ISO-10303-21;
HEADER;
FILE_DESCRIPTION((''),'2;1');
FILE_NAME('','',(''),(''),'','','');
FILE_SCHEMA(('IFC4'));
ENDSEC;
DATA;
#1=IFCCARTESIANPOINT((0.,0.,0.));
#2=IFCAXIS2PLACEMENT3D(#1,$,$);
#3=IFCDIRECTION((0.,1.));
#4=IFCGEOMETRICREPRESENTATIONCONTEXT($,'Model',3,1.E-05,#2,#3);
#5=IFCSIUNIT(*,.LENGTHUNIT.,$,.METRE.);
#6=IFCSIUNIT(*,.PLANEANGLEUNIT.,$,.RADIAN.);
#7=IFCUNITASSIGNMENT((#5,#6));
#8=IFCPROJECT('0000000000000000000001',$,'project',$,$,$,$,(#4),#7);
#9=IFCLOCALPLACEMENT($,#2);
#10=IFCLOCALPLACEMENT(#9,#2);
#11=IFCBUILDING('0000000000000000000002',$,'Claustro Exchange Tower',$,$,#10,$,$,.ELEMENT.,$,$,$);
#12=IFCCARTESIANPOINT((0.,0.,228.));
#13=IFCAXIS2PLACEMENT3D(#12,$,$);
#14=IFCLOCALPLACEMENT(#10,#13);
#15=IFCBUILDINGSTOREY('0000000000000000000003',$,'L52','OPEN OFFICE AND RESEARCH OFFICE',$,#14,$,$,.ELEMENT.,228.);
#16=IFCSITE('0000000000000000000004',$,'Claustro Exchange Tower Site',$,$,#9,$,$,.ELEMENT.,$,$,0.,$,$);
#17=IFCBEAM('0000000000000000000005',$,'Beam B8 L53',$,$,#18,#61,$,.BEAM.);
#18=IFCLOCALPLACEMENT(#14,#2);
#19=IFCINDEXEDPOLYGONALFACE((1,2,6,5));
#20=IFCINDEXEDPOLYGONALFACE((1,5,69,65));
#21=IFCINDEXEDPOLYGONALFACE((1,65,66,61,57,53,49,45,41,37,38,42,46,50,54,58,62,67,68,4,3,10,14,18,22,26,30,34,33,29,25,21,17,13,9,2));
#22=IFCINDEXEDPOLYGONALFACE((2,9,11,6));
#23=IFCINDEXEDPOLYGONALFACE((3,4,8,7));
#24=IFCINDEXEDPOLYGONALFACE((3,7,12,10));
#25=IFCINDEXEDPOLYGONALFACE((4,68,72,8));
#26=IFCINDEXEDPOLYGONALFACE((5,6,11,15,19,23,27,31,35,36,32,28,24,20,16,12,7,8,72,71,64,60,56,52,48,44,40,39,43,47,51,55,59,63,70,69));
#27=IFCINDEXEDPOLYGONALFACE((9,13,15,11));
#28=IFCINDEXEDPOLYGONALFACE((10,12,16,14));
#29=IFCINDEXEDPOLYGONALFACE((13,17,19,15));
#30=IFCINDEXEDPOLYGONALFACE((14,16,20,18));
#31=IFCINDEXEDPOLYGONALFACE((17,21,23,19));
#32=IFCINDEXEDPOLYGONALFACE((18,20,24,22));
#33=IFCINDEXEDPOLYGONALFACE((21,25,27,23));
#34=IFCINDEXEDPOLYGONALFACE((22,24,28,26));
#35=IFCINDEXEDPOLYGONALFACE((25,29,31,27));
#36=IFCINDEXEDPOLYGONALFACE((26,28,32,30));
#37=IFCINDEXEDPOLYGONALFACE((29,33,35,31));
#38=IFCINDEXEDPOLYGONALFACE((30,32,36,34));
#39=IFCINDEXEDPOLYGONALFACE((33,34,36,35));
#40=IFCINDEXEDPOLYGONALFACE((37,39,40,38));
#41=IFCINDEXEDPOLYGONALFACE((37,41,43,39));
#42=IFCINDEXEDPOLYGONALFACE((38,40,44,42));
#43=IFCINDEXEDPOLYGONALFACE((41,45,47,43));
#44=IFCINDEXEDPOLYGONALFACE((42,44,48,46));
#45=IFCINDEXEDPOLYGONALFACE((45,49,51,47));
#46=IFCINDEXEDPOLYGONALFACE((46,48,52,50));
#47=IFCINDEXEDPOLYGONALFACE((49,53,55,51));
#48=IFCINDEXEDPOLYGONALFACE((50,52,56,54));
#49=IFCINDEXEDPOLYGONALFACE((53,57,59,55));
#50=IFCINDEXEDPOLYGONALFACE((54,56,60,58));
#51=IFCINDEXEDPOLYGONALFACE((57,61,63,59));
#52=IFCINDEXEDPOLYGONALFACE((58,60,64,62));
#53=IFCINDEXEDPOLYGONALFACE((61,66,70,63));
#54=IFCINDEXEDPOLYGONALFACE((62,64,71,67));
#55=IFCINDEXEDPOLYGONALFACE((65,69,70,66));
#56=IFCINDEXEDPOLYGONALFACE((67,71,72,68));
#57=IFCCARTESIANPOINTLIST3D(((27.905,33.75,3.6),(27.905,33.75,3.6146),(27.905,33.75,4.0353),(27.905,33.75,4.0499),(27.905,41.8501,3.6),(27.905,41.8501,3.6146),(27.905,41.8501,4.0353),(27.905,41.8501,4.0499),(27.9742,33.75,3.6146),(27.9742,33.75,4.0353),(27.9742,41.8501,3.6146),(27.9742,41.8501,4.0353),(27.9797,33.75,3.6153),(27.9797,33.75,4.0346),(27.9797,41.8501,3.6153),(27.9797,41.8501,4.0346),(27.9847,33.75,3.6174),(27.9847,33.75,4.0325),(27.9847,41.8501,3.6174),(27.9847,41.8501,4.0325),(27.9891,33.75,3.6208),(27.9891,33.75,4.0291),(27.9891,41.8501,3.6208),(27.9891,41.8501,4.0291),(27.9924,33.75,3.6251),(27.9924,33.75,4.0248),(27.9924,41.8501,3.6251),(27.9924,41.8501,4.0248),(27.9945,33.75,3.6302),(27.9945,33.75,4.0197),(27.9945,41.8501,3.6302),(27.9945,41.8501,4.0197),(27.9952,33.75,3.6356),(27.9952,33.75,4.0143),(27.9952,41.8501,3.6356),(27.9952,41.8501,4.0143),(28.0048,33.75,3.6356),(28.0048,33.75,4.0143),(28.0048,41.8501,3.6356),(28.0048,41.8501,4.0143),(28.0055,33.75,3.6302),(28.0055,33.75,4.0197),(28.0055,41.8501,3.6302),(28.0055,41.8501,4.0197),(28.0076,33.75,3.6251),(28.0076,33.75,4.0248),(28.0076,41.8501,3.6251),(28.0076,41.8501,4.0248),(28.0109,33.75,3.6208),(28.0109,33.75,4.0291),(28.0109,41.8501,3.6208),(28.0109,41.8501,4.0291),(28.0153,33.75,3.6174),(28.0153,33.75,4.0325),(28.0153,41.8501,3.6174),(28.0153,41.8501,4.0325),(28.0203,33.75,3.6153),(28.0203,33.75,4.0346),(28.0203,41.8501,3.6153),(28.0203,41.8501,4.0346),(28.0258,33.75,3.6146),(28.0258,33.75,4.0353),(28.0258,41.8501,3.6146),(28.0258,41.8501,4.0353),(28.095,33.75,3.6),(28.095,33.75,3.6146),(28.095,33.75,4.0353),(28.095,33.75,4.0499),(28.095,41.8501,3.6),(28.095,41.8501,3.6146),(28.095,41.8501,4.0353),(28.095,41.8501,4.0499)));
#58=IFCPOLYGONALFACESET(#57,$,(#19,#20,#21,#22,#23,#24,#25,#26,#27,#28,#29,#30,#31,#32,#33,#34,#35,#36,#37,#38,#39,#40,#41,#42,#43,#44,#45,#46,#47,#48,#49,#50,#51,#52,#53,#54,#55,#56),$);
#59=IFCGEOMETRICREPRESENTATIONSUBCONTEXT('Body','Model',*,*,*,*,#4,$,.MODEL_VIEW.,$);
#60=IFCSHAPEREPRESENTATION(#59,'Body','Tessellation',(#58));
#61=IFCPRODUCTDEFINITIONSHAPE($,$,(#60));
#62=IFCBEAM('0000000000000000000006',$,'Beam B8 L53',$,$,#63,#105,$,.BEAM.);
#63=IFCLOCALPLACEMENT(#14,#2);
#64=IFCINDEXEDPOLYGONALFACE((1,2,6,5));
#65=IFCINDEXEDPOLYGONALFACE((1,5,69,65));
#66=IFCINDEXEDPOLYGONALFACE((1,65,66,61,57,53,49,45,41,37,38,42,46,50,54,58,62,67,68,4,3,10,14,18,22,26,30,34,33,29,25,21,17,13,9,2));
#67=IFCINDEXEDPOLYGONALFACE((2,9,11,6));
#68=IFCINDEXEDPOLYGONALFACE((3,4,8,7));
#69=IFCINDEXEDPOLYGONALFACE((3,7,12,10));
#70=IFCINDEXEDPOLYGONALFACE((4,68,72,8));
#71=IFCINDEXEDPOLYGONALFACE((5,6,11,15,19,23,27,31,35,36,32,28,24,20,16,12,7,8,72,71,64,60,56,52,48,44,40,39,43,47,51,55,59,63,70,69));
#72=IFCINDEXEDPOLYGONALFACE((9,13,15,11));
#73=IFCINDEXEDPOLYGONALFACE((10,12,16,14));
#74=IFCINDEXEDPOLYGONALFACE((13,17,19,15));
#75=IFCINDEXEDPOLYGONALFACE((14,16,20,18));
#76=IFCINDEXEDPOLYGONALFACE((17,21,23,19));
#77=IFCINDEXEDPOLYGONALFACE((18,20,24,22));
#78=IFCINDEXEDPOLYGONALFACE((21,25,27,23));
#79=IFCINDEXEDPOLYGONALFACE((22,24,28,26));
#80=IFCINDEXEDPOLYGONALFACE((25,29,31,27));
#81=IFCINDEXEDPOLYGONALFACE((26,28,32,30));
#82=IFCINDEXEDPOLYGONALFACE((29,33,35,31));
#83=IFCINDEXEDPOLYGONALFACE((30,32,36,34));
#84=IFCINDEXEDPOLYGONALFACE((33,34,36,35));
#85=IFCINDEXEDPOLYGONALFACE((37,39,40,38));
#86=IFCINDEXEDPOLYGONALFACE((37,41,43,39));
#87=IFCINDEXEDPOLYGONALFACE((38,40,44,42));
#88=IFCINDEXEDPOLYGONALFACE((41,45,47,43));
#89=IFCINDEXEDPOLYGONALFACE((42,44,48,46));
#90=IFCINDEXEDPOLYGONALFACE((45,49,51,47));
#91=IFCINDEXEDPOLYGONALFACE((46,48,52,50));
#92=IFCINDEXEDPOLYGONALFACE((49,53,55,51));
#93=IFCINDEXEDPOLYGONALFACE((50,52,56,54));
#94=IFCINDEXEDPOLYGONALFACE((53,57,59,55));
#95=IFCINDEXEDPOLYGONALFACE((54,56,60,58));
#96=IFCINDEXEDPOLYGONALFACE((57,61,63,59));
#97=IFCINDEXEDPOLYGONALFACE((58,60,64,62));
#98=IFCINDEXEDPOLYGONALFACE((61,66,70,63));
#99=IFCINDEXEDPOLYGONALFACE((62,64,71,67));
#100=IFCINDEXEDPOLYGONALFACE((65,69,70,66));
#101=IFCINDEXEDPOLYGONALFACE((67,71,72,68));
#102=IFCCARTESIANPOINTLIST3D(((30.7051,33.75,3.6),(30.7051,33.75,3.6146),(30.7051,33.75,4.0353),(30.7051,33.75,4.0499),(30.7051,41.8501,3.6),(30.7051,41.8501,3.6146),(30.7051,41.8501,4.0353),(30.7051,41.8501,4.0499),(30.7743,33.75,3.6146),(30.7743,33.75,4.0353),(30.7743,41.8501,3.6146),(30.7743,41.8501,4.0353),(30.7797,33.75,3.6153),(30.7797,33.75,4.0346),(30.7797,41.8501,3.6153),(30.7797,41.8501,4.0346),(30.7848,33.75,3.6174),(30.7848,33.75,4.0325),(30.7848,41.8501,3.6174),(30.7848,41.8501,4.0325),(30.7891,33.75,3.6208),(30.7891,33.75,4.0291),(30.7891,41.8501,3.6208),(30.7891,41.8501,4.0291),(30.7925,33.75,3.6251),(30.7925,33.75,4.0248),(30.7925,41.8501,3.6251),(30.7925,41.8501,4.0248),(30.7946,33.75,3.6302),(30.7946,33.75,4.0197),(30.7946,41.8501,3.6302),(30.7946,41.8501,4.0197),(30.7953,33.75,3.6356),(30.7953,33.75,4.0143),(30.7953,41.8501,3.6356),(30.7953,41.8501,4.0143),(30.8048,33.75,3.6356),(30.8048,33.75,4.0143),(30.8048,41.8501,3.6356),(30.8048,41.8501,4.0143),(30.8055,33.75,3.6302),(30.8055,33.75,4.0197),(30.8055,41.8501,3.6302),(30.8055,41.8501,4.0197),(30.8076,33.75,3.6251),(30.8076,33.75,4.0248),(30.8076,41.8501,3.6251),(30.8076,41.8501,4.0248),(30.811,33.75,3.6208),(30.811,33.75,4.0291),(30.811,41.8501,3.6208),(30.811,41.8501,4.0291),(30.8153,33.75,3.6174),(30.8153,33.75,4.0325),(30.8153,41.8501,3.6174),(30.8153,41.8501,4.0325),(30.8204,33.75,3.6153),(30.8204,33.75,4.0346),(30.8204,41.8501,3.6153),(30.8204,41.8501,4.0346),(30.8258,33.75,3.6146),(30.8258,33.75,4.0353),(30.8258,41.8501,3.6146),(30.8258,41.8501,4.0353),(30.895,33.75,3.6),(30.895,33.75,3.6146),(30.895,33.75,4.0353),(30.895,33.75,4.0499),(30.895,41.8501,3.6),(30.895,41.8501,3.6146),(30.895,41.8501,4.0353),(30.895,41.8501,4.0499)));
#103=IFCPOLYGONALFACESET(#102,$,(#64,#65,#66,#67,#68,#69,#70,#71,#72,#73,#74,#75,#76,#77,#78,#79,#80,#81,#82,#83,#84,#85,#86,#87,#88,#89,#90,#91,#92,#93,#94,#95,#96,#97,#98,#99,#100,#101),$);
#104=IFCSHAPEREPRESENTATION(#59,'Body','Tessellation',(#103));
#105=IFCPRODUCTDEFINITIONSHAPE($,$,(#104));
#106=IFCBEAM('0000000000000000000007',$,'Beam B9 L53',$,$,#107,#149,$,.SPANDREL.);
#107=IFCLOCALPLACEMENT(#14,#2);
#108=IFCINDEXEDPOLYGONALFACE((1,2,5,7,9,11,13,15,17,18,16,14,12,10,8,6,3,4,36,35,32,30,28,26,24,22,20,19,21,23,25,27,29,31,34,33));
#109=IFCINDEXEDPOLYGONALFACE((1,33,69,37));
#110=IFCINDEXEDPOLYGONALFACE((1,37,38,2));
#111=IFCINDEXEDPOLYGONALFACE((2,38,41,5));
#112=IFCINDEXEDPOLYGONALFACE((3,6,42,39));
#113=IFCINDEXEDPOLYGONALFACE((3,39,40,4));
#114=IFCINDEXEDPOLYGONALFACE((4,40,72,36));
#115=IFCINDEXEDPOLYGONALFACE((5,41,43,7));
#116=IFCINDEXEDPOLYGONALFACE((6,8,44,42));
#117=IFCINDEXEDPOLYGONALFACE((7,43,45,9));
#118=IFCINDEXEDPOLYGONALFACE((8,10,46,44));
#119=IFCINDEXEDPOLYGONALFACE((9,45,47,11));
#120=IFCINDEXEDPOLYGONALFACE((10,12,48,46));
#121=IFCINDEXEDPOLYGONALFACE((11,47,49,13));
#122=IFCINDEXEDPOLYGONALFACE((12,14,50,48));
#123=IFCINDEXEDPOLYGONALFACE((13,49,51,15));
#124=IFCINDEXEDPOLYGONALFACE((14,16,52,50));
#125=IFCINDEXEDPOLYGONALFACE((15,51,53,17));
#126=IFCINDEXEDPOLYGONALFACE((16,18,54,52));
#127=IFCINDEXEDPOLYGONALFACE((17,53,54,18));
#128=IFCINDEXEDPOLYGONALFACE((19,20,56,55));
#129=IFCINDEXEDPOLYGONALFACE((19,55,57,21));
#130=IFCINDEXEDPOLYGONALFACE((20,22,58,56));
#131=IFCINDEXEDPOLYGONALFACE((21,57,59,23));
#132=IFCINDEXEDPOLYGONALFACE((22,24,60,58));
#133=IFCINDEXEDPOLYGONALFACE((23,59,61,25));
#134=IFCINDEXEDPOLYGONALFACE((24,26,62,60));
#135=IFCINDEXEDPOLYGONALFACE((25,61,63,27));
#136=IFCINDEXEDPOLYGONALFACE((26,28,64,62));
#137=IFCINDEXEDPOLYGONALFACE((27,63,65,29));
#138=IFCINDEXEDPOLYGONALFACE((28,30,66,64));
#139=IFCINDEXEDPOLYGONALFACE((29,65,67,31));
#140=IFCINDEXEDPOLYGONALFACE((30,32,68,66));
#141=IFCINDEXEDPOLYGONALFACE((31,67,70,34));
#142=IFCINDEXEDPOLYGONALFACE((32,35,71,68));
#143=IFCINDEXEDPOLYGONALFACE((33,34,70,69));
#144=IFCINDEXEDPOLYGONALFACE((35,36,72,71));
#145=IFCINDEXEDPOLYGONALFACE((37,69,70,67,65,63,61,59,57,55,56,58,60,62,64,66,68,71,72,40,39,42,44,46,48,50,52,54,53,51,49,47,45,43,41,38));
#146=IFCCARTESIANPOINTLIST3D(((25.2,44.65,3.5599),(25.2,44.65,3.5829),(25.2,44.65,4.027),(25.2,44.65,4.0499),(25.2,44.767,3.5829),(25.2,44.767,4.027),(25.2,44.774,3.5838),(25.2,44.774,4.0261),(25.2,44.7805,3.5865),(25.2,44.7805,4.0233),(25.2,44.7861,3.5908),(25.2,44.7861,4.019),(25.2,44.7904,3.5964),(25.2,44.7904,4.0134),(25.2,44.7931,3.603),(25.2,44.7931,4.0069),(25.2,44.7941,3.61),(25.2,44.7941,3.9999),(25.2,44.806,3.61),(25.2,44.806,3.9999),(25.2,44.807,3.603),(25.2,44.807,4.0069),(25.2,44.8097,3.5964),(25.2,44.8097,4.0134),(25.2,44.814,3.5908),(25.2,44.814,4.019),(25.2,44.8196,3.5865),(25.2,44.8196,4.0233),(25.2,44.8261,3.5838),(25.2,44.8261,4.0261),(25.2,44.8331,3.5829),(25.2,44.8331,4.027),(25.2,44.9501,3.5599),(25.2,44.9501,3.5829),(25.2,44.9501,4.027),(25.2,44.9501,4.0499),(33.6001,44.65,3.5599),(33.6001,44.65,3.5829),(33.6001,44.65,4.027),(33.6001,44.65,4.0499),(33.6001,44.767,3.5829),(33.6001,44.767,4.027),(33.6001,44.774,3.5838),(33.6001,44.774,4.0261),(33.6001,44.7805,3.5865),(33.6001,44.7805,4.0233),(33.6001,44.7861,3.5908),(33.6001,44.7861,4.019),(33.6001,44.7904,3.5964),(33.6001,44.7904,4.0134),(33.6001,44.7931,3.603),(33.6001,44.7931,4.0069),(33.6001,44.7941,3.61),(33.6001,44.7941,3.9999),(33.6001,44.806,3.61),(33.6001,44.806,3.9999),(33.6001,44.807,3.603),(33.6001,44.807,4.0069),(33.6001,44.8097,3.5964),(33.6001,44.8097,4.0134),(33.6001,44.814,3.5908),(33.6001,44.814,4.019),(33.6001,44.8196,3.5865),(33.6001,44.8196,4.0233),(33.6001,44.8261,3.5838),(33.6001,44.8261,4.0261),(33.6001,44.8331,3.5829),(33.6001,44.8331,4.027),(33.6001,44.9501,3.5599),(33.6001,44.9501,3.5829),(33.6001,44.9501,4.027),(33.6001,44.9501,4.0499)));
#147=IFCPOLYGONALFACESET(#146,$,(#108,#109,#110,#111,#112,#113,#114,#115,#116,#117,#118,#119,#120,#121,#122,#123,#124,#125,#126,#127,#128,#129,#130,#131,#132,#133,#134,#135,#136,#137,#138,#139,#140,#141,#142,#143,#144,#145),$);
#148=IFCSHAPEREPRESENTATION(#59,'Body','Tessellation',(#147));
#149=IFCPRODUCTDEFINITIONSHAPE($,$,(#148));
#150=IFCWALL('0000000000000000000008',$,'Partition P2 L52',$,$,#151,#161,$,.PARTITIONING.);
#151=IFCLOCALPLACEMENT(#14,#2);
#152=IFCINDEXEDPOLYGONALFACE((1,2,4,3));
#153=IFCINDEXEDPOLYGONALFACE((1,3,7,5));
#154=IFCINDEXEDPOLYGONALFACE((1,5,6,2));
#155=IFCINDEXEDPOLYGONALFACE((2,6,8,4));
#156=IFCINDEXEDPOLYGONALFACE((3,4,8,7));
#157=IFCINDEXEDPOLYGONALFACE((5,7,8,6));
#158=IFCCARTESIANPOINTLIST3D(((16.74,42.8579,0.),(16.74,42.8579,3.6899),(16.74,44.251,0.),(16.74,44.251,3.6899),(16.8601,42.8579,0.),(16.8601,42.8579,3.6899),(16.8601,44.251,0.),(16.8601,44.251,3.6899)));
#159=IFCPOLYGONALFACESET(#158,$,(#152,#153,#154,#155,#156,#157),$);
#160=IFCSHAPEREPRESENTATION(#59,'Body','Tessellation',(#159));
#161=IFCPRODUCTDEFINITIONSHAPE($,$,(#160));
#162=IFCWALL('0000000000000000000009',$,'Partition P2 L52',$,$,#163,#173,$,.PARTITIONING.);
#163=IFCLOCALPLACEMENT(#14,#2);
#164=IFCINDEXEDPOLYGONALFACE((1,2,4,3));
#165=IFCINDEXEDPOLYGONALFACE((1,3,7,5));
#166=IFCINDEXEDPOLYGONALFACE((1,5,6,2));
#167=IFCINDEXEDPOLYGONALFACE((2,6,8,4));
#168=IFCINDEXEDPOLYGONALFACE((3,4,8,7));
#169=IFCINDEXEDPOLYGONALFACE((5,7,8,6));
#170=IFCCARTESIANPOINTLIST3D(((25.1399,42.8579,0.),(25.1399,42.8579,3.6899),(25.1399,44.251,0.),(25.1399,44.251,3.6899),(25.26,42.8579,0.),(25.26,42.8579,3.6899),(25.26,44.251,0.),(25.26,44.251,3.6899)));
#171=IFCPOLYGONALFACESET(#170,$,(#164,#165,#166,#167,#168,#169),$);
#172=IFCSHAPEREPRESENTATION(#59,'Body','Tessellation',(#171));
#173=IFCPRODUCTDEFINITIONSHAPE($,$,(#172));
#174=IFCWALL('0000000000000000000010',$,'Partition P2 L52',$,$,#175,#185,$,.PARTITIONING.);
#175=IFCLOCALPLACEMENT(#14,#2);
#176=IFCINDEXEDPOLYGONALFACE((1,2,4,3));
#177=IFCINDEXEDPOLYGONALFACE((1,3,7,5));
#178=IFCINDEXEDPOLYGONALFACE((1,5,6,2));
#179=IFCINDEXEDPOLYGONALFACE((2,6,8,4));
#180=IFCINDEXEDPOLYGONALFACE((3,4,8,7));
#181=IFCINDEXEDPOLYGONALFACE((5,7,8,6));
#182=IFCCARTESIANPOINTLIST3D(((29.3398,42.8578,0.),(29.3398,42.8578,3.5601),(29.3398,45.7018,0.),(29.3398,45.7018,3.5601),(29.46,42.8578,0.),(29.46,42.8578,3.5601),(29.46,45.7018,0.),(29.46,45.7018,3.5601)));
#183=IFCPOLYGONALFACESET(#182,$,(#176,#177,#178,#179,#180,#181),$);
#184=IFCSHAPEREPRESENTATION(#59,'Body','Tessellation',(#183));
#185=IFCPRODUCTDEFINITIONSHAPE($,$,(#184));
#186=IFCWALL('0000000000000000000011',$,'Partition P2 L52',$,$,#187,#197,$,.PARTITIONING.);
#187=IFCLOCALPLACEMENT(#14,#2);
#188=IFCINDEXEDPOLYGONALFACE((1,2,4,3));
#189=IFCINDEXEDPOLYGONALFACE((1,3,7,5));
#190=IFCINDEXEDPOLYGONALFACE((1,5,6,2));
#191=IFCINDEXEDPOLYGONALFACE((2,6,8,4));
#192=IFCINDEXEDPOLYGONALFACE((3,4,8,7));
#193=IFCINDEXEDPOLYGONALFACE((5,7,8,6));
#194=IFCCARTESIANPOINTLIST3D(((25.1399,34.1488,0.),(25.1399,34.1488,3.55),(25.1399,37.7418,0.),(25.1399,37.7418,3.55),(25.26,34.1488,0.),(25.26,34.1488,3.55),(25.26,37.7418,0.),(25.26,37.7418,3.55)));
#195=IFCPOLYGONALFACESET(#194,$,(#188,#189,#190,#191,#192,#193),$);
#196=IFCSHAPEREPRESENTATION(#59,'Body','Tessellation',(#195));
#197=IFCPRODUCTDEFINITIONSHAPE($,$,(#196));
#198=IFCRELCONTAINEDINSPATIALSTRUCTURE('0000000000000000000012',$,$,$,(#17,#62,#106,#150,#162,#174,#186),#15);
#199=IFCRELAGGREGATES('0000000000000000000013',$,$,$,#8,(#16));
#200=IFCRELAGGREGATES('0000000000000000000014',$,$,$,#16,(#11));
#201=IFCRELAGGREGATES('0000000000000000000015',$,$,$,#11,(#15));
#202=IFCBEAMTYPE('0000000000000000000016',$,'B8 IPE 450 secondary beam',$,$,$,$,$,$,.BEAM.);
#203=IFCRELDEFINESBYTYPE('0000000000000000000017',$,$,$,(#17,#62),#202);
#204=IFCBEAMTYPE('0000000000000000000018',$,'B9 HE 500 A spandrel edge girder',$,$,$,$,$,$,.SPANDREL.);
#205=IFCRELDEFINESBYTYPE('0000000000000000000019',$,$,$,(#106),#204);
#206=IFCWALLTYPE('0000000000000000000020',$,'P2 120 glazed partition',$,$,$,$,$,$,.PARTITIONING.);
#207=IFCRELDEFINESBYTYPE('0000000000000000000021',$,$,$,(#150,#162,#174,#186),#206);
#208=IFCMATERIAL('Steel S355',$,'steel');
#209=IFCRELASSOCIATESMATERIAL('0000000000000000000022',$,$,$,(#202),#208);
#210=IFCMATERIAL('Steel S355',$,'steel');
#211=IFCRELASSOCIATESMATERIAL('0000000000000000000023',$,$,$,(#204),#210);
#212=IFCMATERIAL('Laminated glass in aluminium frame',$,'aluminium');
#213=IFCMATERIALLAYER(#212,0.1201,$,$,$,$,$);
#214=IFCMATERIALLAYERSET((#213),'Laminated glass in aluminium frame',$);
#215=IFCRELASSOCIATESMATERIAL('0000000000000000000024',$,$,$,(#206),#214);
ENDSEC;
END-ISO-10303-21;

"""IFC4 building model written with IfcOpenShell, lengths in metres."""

from ifc_helpers import new_model, si_unit, direction, frame, frame_2d, origin, origin_2d, place, context, subcontext, project, spatial, rectangle, i_section, extrude, material, layer, layer_set, material_profile, profile_set, type_object, element, save


model = new_model("IFC4")

# Units and contexts
model_context = context("Model", 3, precision=1e-05, world=origin(), true_north=direction((0.0, 1.0)))
body_context = subcontext(model_context, "Body", "Model", "MODEL_VIEW")
ifc_project = project(units=[si_unit("LENGTHUNIT", "METRE"), si_unit("PLANEANGLEUNIT", "RADIAN")], contexts=[model_context])

# Site, building, storey
site_placement = place(None, origin())
site = spatial("IfcSite", under=ifc_project, at=site_placement, Name="Claustro Exchange Tower Site", CompositionType="ELEMENT", RefElevation=0.0)
building_placement = place(site_placement, origin())
building = spatial("IfcBuilding", under=site, at=building_placement, Name="Claustro Exchange Tower", CompositionType="ELEMENT")
storey_placement = place(building_placement, frame((0.0, 0.0, 228.0)))
storey = spatial("IfcBuildingStorey", under=building, at=storey_placement, Name="L52", Description="OPEN OFFICE AND RESEARCH OFFICE", CompositionType="ELEMENT", Elevation=228.0)

# Beams
ifc_material_1 = material(Name="Steel S355", Category="steel")
ifc_material_profile_1 = material_profile(ifc_material_1, i_section(OverallWidth=0.1899, OverallDepth=0.45, WebThickness=0.0095, FlangeThickness=0.0146, FilletRadius=0.021, at=origin_2d()), Name="IPE 450")
ifc_profile_set_1 = profile_set([ifc_material_profile_1], Name="Steel S355")
beam_type_1 = type_object("IfcBeamType", Name="B8 IPE 450 secondary beam", PredefinedType="BEAM", material=ifc_profile_set_1)
for number, where, z_axis, x_axis, name in (
    (1, (28.0, 33.75, 3.825), (0.0, 1.0, 0.0), (-1.0, 0.0, 0.0), "Beam B8 L53"),
    (2, (30.8, 33.75, 3.825), (0.0, 1.0, 0.0), (-1.0, 0.0, 0.0), "Beam B8 L53"),
):
    element("IfcBeam", number, at=place(storey_placement, frame(where, z_axis=z_axis, x_axis=x_axis)), inside=storey, type_object=beam_type_1, Name=name, PredefinedType="BEAM", context=body_context, shape_type="SweptSolid", body=[
        extrude(i_section(OverallWidth=0.1899, OverallDepth=0.45, WebThickness=0.0095, FlangeThickness=0.0146, FilletRadius=0.021, at=origin_2d()), origin(), (0.0, 0.0, 1.0), 8.1001),
    ])
ifc_material_2 = material(Name="Steel S355", Category="steel")
ifc_material_profile_2 = material_profile(ifc_material_2, i_section(OverallWidth=0.3, OverallDepth=0.49, WebThickness=0.012, FlangeThickness=0.0229, FilletRadius=0.0271, at=origin_2d()), Name="HE 500 A")
ifc_profile_set_2 = profile_set([ifc_material_profile_2], Name="Steel S355")
beam_type_2 = type_object("IfcBeamType", Name="B9 HE 500 A spandrel edge girder", PredefinedType="SPANDREL", material=ifc_profile_set_2)
beam_1_placement = place(storey_placement, frame((25.2, 44.8, 3.8049), z_axis=(1.0, 0.0, 0.0), x_axis=(0.0, 1.0, 0.0)))
element("IfcBeam", 3, at=beam_1_placement, inside=storey, type_object=beam_type_2, Name="Beam B9 L53", PredefinedType="SPANDREL", context=body_context, shape_type="SweptSolid", body=[
    extrude(i_section(OverallWidth=0.3, OverallDepth=0.49, WebThickness=0.012, FlangeThickness=0.0229, FilletRadius=0.0271, at=origin_2d()), origin(), (0.0, 0.0, 1.0), 8.4001),
])

# Walls
ifc_material_3 = material(Name="Laminated glass in aluminium frame", Category="aluminium")
ifc_layer_1 = layer(ifc_material_3, 0.1201)
ifc_layer_set_1 = layer_set([ifc_layer_1], Name="Laminated glass in aluminium frame")
wall_type_1 = type_object("IfcWallType", Name="P2 120 glazed partition", PredefinedType="PARTITIONING", material=ifc_layer_set_1)
for number, where, z_axis, x_axis, name in (
    (4, (16.8, 42.8579, 0.0), (0.0, 0.0, 1.0), (0.0, 1.0, 0.0), "Partition P2 L52"),
    (5, (25.2, 42.8579, 0.0), (0.0, 0.0, 1.0), (0.0, 1.0, 0.0), "Partition P2 L52"),
):
    element("IfcWall", number, at=place(storey_placement, frame(where, z_axis=z_axis, x_axis=x_axis)), inside=storey, type_object=wall_type_1, Name=name, PredefinedType="PARTITIONING", context=body_context, shape_type="SweptSolid", body=[
        extrude(rectangle(XDim=1.3931, YDim=0.1201, at=frame_2d((0.6965, 0.0))), origin(), (0.0, 0.0, 1.0), 3.6899),
    ])
wall_1_placement = place(storey_placement, frame((29.3999, 42.8579, 0.0), z_axis=(0.0, 0.0, 1.0), x_axis=(0.0, 1.0, 0.0)))
element("IfcWall", 6, at=wall_1_placement, inside=storey, type_object=wall_type_1, Name="Partition P2 L52", PredefinedType="PARTITIONING", context=body_context, shape_type="SweptSolid", body=[
    extrude(rectangle(XDim=2.844, YDim=0.1201, at=frame_2d((1.4219, 0.0))), origin(), (0.0, 0.0, 1.0), 3.5601),
])
wall_2_placement = place(storey_placement, frame((25.2, 34.1489, 0.0), z_axis=(0.0, 0.0, 1.0), x_axis=(0.0, 1.0, 0.0)))
element("IfcWall", 7, at=wall_2_placement, inside=storey, type_object=wall_type_1, Name="Partition P2 L52", PredefinedType="PARTITIONING", context=body_context, shape_type="SweptSolid", body=[
    extrude(rectangle(XDim=3.593, YDim=0.1201, at=frame_2d((1.7964, 0.0))), origin(), (0.0, 0.0, 1.0), 3.55),
])

save(model, "model.ifc")
